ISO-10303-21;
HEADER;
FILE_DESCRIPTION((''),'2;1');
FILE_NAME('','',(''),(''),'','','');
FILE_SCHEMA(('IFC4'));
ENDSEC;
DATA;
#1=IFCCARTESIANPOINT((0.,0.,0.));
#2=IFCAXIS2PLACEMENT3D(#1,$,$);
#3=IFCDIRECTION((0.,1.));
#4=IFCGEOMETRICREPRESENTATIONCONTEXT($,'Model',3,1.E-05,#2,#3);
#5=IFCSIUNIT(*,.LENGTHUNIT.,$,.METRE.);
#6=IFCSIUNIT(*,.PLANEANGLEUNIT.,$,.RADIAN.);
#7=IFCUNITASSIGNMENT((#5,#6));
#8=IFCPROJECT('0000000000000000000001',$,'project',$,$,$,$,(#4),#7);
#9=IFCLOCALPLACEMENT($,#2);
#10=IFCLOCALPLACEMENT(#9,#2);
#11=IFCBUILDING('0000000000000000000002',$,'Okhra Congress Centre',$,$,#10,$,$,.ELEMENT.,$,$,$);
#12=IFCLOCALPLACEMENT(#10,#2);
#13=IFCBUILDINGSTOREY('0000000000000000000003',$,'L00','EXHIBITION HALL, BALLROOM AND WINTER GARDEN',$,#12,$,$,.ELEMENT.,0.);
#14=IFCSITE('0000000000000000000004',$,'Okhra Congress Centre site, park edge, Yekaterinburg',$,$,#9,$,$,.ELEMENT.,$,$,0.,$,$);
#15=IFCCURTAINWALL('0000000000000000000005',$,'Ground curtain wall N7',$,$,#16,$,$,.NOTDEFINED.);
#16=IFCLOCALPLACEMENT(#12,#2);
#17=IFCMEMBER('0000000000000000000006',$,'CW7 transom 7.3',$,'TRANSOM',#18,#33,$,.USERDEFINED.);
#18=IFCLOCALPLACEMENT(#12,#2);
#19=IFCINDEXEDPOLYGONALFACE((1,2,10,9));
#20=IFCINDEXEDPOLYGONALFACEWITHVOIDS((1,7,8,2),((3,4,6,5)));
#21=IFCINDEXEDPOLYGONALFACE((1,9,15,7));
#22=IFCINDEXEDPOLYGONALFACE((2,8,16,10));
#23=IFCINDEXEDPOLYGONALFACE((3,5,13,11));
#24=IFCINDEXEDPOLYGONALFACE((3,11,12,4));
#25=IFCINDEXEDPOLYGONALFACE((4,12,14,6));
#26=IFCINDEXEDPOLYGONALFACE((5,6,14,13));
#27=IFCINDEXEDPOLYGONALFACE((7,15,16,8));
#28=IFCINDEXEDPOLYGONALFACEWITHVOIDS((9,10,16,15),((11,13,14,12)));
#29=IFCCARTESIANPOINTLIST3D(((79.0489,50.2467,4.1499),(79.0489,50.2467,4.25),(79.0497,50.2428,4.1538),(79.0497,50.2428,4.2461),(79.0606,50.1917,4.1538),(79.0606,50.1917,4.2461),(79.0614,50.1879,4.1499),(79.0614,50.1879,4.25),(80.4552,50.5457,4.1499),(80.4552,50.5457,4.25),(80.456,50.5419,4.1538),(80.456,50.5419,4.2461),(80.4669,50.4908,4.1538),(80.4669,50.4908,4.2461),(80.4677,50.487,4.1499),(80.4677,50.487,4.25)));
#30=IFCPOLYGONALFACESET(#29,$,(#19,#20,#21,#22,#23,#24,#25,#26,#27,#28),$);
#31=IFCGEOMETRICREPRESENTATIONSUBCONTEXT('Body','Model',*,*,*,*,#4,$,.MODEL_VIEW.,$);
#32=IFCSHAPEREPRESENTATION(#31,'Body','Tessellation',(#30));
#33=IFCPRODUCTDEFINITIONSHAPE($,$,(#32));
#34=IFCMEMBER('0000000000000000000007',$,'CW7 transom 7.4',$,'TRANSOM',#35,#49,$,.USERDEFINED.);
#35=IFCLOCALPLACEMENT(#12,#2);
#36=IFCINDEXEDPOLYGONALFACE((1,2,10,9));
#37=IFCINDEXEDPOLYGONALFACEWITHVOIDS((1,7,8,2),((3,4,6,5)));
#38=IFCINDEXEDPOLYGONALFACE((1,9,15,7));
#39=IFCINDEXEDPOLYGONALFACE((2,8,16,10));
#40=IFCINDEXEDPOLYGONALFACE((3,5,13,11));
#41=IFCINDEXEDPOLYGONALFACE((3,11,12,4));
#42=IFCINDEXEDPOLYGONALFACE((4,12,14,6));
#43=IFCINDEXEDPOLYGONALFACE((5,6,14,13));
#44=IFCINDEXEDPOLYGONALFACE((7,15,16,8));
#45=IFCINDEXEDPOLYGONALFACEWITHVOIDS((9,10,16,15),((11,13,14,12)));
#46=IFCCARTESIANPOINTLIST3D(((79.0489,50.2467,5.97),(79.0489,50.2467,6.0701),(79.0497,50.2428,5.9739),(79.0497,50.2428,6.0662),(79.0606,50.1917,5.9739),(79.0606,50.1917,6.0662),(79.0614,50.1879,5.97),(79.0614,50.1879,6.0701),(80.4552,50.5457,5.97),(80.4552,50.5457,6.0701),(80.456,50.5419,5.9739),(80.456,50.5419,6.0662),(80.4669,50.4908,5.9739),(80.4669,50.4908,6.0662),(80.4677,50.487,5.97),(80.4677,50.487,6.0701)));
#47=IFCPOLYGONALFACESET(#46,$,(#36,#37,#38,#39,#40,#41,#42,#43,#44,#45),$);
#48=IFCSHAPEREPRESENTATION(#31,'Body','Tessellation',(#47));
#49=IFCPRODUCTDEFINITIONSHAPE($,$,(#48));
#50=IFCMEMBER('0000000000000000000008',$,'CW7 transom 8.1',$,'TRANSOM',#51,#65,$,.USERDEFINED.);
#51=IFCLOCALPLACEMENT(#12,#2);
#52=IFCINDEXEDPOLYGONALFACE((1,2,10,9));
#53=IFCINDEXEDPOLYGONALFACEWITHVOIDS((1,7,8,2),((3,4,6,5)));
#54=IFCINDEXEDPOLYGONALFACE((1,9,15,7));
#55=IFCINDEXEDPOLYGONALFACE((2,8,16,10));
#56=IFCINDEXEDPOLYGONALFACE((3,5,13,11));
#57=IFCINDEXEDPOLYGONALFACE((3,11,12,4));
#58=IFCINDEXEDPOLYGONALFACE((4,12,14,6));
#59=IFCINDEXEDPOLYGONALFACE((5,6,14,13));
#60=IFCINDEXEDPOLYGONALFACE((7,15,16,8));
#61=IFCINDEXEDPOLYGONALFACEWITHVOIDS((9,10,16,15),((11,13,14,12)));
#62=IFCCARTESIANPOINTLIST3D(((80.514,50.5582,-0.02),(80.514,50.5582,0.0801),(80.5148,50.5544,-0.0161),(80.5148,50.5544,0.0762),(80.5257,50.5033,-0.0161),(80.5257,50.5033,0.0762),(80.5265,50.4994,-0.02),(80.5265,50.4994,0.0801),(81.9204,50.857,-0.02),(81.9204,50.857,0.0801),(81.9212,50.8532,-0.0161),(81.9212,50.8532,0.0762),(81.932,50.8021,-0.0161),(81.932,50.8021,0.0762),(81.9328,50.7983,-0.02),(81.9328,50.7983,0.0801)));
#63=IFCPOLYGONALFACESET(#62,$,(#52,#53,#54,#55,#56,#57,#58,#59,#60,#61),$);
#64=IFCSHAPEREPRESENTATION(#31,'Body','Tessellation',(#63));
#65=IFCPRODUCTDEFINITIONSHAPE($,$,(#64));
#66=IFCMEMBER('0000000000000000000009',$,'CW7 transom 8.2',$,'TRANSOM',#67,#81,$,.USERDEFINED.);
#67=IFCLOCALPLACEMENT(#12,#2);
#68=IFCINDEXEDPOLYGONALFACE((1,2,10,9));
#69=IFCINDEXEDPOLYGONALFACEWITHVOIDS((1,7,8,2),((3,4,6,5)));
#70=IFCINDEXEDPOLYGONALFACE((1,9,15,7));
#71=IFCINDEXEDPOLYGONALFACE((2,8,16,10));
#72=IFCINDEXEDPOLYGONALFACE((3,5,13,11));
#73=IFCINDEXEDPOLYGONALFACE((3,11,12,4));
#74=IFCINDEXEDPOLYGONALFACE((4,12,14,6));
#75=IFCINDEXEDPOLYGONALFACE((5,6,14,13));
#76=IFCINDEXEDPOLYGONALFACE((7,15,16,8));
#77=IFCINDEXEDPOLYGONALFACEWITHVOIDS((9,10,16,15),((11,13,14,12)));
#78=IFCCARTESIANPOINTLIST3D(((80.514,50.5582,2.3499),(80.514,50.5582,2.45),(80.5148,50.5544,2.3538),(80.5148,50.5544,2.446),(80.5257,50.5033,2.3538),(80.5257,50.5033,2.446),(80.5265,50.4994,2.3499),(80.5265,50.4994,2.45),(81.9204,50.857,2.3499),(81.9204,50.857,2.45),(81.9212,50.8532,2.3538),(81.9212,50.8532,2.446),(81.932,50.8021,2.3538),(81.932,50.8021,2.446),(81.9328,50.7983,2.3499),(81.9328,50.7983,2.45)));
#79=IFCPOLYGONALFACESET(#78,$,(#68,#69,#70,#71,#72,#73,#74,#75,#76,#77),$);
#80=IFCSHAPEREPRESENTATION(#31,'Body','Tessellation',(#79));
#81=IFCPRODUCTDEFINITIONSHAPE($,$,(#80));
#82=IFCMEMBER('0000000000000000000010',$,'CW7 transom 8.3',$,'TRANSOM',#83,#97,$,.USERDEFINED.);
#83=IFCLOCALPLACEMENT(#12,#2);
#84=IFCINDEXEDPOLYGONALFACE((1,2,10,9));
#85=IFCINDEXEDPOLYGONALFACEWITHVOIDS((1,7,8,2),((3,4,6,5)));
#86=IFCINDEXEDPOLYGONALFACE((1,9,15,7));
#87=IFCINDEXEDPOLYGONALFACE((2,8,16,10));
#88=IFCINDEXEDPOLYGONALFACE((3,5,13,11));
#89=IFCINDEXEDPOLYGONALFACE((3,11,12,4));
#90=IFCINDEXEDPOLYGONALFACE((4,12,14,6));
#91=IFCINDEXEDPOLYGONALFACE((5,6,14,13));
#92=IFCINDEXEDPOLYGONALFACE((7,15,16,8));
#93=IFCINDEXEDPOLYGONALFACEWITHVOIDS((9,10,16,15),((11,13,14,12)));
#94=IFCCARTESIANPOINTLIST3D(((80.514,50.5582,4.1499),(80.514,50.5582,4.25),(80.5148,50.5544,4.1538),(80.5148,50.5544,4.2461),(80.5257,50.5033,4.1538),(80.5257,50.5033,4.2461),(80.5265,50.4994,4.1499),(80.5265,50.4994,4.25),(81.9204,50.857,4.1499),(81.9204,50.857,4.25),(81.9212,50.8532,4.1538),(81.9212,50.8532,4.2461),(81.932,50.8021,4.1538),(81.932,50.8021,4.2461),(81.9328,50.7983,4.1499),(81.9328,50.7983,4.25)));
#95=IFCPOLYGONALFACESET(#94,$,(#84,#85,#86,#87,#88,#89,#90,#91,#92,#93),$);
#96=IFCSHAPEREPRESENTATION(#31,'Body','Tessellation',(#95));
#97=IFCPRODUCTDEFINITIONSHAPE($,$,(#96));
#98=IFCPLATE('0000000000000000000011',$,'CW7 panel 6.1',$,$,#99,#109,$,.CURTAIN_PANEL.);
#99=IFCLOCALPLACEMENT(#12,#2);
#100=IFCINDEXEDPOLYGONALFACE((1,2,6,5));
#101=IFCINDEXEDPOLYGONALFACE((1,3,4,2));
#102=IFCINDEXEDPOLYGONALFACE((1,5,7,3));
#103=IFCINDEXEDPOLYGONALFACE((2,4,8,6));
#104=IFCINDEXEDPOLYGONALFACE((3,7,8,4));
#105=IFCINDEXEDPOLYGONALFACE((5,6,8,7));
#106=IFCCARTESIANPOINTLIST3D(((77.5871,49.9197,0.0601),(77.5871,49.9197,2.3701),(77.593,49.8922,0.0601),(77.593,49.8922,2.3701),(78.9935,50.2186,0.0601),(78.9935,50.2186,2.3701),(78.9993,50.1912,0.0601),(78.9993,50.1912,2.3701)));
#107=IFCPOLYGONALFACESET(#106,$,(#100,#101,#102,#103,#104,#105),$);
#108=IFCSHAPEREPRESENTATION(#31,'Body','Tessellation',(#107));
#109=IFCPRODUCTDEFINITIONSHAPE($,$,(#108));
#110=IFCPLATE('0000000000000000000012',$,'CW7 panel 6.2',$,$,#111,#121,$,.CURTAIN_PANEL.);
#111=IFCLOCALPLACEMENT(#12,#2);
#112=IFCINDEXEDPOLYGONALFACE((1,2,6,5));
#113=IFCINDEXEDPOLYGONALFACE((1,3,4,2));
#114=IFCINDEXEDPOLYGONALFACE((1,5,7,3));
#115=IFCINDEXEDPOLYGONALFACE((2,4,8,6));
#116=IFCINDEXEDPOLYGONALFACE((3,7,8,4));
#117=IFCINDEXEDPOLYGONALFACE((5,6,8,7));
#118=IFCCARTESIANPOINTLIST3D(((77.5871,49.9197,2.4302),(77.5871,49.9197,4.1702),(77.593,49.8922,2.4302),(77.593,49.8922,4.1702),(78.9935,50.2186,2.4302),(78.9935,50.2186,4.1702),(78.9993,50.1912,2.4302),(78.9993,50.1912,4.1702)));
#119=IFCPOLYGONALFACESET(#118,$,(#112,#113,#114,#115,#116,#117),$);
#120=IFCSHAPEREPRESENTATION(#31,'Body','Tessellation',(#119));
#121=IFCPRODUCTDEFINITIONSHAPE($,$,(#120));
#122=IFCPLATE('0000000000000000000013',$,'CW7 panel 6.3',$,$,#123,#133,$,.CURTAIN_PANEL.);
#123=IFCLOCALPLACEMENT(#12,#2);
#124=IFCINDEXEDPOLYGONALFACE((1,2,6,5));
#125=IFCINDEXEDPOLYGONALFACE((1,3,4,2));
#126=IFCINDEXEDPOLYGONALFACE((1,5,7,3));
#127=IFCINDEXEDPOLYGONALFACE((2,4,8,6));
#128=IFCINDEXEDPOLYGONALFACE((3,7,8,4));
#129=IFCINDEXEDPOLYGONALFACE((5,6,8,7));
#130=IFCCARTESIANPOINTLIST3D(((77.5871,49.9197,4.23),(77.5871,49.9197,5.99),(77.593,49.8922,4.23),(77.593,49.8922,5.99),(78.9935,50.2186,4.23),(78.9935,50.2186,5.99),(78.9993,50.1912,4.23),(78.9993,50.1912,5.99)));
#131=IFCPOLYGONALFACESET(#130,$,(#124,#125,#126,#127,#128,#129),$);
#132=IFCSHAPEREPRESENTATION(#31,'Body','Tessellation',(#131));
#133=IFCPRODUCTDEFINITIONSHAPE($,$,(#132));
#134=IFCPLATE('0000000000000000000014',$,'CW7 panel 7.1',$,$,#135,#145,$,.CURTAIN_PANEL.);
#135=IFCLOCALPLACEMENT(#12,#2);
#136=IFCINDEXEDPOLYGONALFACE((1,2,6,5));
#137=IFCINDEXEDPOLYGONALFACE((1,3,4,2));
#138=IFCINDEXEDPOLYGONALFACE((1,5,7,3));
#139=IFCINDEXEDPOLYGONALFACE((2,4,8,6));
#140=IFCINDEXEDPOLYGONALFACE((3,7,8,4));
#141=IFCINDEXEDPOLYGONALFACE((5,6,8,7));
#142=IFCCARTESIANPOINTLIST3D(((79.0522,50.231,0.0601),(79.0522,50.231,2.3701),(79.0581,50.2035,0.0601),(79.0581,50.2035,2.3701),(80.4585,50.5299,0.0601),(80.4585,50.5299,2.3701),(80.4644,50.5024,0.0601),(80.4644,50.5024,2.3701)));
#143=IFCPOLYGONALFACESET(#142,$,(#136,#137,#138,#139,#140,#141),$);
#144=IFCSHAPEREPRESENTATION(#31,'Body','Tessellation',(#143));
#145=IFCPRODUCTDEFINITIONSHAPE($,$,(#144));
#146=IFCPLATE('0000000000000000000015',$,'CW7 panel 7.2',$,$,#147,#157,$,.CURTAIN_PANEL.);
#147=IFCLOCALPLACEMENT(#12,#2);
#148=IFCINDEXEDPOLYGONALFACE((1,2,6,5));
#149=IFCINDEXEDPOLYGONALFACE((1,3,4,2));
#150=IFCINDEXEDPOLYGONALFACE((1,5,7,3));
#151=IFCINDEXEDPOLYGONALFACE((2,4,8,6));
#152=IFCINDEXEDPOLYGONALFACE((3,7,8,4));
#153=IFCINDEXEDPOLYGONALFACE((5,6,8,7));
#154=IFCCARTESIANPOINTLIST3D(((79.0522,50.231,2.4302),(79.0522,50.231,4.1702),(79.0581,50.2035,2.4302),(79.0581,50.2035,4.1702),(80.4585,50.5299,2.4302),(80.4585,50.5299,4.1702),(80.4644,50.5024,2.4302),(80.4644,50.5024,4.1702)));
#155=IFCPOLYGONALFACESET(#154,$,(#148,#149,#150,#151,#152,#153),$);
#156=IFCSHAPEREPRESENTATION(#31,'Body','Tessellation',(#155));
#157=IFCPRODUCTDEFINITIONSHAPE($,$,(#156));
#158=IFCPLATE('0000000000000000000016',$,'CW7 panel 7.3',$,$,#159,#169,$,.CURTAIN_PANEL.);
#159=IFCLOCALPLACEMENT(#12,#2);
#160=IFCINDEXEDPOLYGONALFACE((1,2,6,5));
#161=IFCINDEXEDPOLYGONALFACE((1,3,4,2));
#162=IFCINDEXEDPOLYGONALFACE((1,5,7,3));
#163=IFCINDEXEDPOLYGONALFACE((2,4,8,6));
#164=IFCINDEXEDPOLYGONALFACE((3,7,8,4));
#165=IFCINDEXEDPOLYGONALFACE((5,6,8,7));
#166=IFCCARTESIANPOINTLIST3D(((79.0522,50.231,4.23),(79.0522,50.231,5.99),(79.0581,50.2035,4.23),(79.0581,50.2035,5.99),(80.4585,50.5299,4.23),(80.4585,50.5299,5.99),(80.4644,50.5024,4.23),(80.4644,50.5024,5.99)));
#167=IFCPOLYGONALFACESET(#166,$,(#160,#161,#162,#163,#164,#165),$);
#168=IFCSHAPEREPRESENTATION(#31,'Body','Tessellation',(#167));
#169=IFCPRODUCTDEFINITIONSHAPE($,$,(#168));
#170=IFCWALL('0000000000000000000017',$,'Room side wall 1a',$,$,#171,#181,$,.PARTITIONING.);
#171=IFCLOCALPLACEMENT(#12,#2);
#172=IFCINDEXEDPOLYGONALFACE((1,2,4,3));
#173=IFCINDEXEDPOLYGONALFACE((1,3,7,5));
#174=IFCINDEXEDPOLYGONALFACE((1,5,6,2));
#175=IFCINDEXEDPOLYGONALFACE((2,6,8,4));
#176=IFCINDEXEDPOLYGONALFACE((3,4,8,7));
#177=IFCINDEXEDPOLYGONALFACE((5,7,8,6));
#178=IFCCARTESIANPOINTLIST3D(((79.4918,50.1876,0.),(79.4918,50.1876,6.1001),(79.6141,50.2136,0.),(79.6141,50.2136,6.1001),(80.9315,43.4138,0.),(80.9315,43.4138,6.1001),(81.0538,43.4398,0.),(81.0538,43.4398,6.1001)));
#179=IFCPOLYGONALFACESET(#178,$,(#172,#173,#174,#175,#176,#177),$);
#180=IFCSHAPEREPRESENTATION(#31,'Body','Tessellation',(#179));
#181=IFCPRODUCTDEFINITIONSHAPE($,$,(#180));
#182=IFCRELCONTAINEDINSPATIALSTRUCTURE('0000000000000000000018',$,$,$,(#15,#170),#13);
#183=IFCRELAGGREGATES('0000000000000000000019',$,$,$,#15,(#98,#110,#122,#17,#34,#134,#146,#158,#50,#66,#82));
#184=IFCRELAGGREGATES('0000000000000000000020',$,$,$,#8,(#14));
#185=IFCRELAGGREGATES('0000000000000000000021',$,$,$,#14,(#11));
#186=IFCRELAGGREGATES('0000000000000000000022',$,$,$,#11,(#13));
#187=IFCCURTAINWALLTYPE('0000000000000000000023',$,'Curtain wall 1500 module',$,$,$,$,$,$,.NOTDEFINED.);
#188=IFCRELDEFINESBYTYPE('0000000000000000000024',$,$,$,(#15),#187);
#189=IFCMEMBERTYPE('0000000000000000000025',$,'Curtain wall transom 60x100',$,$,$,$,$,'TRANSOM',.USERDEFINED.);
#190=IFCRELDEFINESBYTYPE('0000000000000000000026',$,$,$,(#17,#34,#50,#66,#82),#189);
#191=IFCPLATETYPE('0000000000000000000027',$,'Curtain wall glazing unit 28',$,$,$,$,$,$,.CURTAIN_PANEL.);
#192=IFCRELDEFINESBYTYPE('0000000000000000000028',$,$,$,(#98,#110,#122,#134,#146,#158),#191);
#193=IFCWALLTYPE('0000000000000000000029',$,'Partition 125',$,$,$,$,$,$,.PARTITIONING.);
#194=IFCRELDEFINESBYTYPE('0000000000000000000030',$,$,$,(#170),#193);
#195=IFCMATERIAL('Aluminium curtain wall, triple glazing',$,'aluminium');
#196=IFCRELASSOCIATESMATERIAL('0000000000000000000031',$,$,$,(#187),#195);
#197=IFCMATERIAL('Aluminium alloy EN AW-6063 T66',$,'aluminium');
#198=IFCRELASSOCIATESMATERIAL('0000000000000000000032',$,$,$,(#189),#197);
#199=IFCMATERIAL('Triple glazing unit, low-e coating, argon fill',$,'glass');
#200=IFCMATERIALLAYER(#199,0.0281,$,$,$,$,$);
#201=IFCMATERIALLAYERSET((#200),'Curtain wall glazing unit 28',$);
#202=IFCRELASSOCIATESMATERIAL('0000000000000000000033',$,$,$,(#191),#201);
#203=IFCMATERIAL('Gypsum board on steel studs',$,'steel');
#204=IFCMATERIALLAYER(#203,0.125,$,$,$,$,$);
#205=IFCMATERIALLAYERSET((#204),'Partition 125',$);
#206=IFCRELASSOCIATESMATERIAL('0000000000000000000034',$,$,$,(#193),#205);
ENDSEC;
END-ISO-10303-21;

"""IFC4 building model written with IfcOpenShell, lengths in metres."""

from ifc_helpers import new_model, si_unit, direction, frame, frame_2d, origin, origin_2d, place, context, subcontext, project, spatial, rectangle, hollow_rectangle, extrude, material, layer, layer_set, material_profile, profile_set, type_object, element, aggregate, save


model = new_model("IFC4")

# Units and contexts
model_context = context("Model", 3, precision=1e-05, world=origin(), true_north=direction((0.0, 1.0)))
body_context = subcontext(model_context, "Body", "Model", "MODEL_VIEW")
ifc_project = project(units=[si_unit("LENGTHUNIT", "METRE"), si_unit("PLANEANGLEUNIT", "RADIAN")], contexts=[model_context])

# Site, building, storey
site_placement = place(None, origin())
site = spatial("IfcSite", under=ifc_project, at=site_placement, Name="Okhra Congress Centre site, park edge, Yekaterinburg", CompositionType="ELEMENT", RefElevation=0.0)
building_placement = place(site_placement, origin())
building = spatial("IfcBuilding", under=site, at=building_placement, Name="Okhra Congress Centre", CompositionType="ELEMENT")
storey_placement = place(building_placement, origin())
storey = spatial("IfcBuildingStorey", under=building, at=storey_placement, Name="L00", Description="EXHIBITION HALL, BALLROOM AND WINTER GARDEN", CompositionType="ELEMENT", Elevation=0.0)

# Curtain wall, members, plates
ifc_material_1 = material(Name="Aluminium curtain wall, triple glazing", Category="aluminium")
curtain_wall_type = type_object("IfcCurtainWallType", Name="Curtain wall 1500 module", PredefinedType="NOTDEFINED", material=ifc_material_1)
curtain_wall_placement = place(storey_placement, origin())
curtain_wall = element("IfcCurtainWall", 1, at=curtain_wall_placement, inside=storey, type_object=curtain_wall_type, Name="Ground curtain wall N7", PredefinedType="NOTDEFINED")
ifc_material_2 = material(Name="Aluminium alloy EN AW-6063 T66", Category="aluminium")
ifc_material_profile_1 = material_profile(ifc_material_2, hollow_rectangle(XDim=0.0601, YDim=0.1001, WallThickness=0.0039, at=origin_2d()), Name="RHS 60x100x4")
ifc_profile_set_1 = profile_set([ifc_material_profile_1], Name="Aluminium alloy EN AW-6063 T66")
member_type_1 = type_object("IfcMemberType", Name="Curtain wall transom 60x100", ElementType="TRANSOM", PredefinedType="USERDEFINED", material=ifc_profile_set_1)
member_1_placement = place(storey_placement, frame((79.0552, 50.2173, 4.2), z_axis=(0.978124, 0.208021, 0.0), x_axis=(-0.208021, 0.978124, 0.0)))
member_1 = element("IfcMember", 2, at=member_1_placement, type_object=member_type_1, Name="CW7 transom 7.3", ObjectType="TRANSOM", PredefinedType="USERDEFINED", context=body_context, shape_type="SweptSolid", body=[
    extrude(hollow_rectangle(XDim=0.0601, YDim=0.1001, WallThickness=0.0039, at=origin_2d()), origin(), (0.0, 0.0, 1.0), 1.4377),
])
member_2_placement = place(storey_placement, frame((79.0552, 50.2173, 6.02), z_axis=(0.978124, 0.208021, 0.0), x_axis=(-0.208021, 0.978124, 0.0)))
member_2 = element("IfcMember", 3, at=member_2_placement, type_object=member_type_1, Name="CW7 transom 7.4", ObjectType="TRANSOM", PredefinedType="USERDEFINED", context=body_context, shape_type="SweptSolid", body=[
    extrude(hollow_rectangle(XDim=0.0601, YDim=0.1001, WallThickness=0.0039, at=origin_2d()), origin(), (0.0, 0.0, 1.0), 1.4377),
])
member_3_placement = place(storey_placement, frame((80.5203, 50.5288, 0.03), z_axis=(0.978159, 0.207859, 0.0), x_axis=(-0.207859, 0.978159, 0.0)))
member_3 = element("IfcMember", 4, at=member_3_placement, type_object=member_type_1, Name="CW7 transom 8.1", ObjectType="TRANSOM", PredefinedType="USERDEFINED", context=body_context, shape_type="SweptSolid", body=[
    extrude(hollow_rectangle(XDim=0.0601, YDim=0.1001, WallThickness=0.0039, at=origin_2d()), origin(), (0.0, 0.0, 1.0), 1.4377),
])
member_4_placement = place(storey_placement, frame((80.5203, 50.5288, 2.3999), z_axis=(0.978159, 0.207859, 0.0), x_axis=(-0.207859, 0.978159, 0.0)))
member_4 = element("IfcMember", 5, at=member_4_placement, type_object=member_type_1, Name="CW7 transom 8.2", ObjectType="TRANSOM", PredefinedType="USERDEFINED", context=body_context, shape_type="SweptSolid", body=[
    extrude(hollow_rectangle(XDim=0.0601, YDim=0.1001, WallThickness=0.0039, at=origin_2d()), origin(), (0.0, 0.0, 1.0), 1.4377),
])
member_5_placement = place(storey_placement, frame((80.5203, 50.5288, 4.2), z_axis=(0.978159, 0.207859, 0.0), x_axis=(-0.207859, 0.978159, 0.0)))
member_5 = element("IfcMember", 6, at=member_5_placement, type_object=member_type_1, Name="CW7 transom 8.3", ObjectType="TRANSOM", PredefinedType="USERDEFINED", context=body_context, shape_type="SweptSolid", body=[
    extrude(hollow_rectangle(XDim=0.0601, YDim=0.1001, WallThickness=0.0039, at=origin_2d()), origin(), (0.0, 0.0, 1.0), 1.4377),
])
ifc_material_3 = material(Name="Triple glazing unit, low-e coating, argon fill", Category="glass")
ifc_layer_1 = layer(ifc_material_3, 0.0281)
ifc_layer_set_1 = layer_set([ifc_layer_1], Name="Curtain wall glazing unit 28")
plate_type = type_object("IfcPlateType", Name="Curtain wall glazing unit 28", PredefinedType="CURTAIN_PANEL", material=ifc_layer_set_1)
plate_1_placement = place(storey_placement, frame((78.2932, 50.0554, 0.0601), z_axis=(0.0, 0.0, 1.0), x_axis=(0.978148, 0.207912, 0.0)))
plate_1 = element("IfcPlate", 7, at=plate_1_placement, type_object=plate_type, Name="CW7 panel 6.1", PredefinedType="CURTAIN_PANEL", context=body_context, shape_type="SweptSolid", body=[
    extrude(rectangle(XDim=1.4377, YDim=0.0281, at=origin_2d()), origin(), (0.0, 0.0, 1.0), 2.3101),
])
plate_2_placement = place(storey_placement, frame((78.2932, 50.0554, 2.4302), z_axis=(0.0, 0.0, 1.0), x_axis=(0.978148, 0.207912, 0.0)))
plate_2 = element("IfcPlate", 8, at=plate_2_placement, type_object=plate_type, Name="CW7 panel 6.2", PredefinedType="CURTAIN_PANEL", context=body_context, shape_type="SweptSolid", body=[
    extrude(rectangle(XDim=1.4377, YDim=0.0281, at=origin_2d()), origin(), (0.0, 0.0, 1.0), 1.74),
])
plate_3_placement = place(storey_placement, frame((78.2932, 50.0554, 4.23), z_axis=(0.0, 0.0, 1.0), x_axis=(0.978148, 0.207912, 0.0)))
plate_3 = element("IfcPlate", 9, at=plate_3_placement, type_object=plate_type, Name="CW7 panel 6.3", PredefinedType="CURTAIN_PANEL", context=body_context, shape_type="SweptSolid", body=[
    extrude(rectangle(XDim=1.4377, YDim=0.0281, at=origin_2d()), origin(), (0.0, 0.0, 1.0), 1.76),
])
plate_4_placement = place(storey_placement, frame((79.7583, 50.3667, 0.0601), z_axis=(0.0, 0.0, 1.0), x_axis=(0.978148, 0.207912, 0.0)))
plate_4 = element("IfcPlate", 10, at=plate_4_placement, type_object=plate_type, Name="CW7 panel 7.1", PredefinedType="CURTAIN_PANEL", context=body_context, shape_type="SweptSolid", body=[
    extrude(rectangle(XDim=1.4377, YDim=0.0281, at=origin_2d()), origin(), (0.0, 0.0, 1.0), 2.3101),
])
plate_5_placement = place(storey_placement, frame((79.7583, 50.3667, 2.4302), z_axis=(0.0, 0.0, 1.0), x_axis=(0.978148, 0.207912, 0.0)))
plate_5 = element("IfcPlate", 11, at=plate_5_placement, type_object=plate_type, Name="CW7 panel 7.2", PredefinedType="CURTAIN_PANEL", context=body_context, shape_type="SweptSolid", body=[
    extrude(rectangle(XDim=1.4377, YDim=0.0281, at=origin_2d()), origin(), (0.0, 0.0, 1.0), 1.74),
])
plate_6_placement = place(storey_placement, frame((79.7583, 50.3667, 4.23), z_axis=(0.0, 0.0, 1.0), x_axis=(0.978148, 0.207912, 0.0)))
plate_6 = element("IfcPlate", 12, at=plate_6_placement, type_object=plate_type, Name="CW7 panel 7.3", PredefinedType="CURTAIN_PANEL", context=body_context, shape_type="SweptSolid", body=[
    extrude(rectangle(XDim=1.4377, YDim=0.0281, at=origin_2d()), origin(), (0.0, 0.0, 1.0), 1.76),
])
aggregate(curtain_wall, [plate_1, plate_2, plate_3, member_1, member_2, plate_4, plate_5, plate_6, member_3, member_4, member_5])

# Wall
ifc_material_4 = material(Name="Gypsum board on steel studs", Category="steel")
ifc_layer_2 = layer(ifc_material_4, 0.125)
ifc_layer_set_2 = layer_set([ifc_layer_2], Name="Partition 125")
wall_type_1 = type_object("IfcWallType", Name="Partition 125", PredefinedType="PARTITIONING", material=ifc_layer_set_2)
wall_1_placement = place(storey_placement, frame((79.553, 50.2004, 0.0), z_axis=(0.0, 0.0, 1.0), x_axis=(0.207899, -0.97815, 0.0)))
element("IfcWall", 13, at=wall_1_placement, inside=storey, type_object=wall_type_1, Name="Room side wall 1a", PredefinedType="PARTITIONING", context=body_context, shape_type="SweptSolid", body=[
    extrude(rectangle(XDim=6.925, YDim=0.125, at=frame_2d((3.4624, 0.0))), origin(), (0.0, 0.0, 1.0), 6.1001),
])

save(model, "model.ifc")
